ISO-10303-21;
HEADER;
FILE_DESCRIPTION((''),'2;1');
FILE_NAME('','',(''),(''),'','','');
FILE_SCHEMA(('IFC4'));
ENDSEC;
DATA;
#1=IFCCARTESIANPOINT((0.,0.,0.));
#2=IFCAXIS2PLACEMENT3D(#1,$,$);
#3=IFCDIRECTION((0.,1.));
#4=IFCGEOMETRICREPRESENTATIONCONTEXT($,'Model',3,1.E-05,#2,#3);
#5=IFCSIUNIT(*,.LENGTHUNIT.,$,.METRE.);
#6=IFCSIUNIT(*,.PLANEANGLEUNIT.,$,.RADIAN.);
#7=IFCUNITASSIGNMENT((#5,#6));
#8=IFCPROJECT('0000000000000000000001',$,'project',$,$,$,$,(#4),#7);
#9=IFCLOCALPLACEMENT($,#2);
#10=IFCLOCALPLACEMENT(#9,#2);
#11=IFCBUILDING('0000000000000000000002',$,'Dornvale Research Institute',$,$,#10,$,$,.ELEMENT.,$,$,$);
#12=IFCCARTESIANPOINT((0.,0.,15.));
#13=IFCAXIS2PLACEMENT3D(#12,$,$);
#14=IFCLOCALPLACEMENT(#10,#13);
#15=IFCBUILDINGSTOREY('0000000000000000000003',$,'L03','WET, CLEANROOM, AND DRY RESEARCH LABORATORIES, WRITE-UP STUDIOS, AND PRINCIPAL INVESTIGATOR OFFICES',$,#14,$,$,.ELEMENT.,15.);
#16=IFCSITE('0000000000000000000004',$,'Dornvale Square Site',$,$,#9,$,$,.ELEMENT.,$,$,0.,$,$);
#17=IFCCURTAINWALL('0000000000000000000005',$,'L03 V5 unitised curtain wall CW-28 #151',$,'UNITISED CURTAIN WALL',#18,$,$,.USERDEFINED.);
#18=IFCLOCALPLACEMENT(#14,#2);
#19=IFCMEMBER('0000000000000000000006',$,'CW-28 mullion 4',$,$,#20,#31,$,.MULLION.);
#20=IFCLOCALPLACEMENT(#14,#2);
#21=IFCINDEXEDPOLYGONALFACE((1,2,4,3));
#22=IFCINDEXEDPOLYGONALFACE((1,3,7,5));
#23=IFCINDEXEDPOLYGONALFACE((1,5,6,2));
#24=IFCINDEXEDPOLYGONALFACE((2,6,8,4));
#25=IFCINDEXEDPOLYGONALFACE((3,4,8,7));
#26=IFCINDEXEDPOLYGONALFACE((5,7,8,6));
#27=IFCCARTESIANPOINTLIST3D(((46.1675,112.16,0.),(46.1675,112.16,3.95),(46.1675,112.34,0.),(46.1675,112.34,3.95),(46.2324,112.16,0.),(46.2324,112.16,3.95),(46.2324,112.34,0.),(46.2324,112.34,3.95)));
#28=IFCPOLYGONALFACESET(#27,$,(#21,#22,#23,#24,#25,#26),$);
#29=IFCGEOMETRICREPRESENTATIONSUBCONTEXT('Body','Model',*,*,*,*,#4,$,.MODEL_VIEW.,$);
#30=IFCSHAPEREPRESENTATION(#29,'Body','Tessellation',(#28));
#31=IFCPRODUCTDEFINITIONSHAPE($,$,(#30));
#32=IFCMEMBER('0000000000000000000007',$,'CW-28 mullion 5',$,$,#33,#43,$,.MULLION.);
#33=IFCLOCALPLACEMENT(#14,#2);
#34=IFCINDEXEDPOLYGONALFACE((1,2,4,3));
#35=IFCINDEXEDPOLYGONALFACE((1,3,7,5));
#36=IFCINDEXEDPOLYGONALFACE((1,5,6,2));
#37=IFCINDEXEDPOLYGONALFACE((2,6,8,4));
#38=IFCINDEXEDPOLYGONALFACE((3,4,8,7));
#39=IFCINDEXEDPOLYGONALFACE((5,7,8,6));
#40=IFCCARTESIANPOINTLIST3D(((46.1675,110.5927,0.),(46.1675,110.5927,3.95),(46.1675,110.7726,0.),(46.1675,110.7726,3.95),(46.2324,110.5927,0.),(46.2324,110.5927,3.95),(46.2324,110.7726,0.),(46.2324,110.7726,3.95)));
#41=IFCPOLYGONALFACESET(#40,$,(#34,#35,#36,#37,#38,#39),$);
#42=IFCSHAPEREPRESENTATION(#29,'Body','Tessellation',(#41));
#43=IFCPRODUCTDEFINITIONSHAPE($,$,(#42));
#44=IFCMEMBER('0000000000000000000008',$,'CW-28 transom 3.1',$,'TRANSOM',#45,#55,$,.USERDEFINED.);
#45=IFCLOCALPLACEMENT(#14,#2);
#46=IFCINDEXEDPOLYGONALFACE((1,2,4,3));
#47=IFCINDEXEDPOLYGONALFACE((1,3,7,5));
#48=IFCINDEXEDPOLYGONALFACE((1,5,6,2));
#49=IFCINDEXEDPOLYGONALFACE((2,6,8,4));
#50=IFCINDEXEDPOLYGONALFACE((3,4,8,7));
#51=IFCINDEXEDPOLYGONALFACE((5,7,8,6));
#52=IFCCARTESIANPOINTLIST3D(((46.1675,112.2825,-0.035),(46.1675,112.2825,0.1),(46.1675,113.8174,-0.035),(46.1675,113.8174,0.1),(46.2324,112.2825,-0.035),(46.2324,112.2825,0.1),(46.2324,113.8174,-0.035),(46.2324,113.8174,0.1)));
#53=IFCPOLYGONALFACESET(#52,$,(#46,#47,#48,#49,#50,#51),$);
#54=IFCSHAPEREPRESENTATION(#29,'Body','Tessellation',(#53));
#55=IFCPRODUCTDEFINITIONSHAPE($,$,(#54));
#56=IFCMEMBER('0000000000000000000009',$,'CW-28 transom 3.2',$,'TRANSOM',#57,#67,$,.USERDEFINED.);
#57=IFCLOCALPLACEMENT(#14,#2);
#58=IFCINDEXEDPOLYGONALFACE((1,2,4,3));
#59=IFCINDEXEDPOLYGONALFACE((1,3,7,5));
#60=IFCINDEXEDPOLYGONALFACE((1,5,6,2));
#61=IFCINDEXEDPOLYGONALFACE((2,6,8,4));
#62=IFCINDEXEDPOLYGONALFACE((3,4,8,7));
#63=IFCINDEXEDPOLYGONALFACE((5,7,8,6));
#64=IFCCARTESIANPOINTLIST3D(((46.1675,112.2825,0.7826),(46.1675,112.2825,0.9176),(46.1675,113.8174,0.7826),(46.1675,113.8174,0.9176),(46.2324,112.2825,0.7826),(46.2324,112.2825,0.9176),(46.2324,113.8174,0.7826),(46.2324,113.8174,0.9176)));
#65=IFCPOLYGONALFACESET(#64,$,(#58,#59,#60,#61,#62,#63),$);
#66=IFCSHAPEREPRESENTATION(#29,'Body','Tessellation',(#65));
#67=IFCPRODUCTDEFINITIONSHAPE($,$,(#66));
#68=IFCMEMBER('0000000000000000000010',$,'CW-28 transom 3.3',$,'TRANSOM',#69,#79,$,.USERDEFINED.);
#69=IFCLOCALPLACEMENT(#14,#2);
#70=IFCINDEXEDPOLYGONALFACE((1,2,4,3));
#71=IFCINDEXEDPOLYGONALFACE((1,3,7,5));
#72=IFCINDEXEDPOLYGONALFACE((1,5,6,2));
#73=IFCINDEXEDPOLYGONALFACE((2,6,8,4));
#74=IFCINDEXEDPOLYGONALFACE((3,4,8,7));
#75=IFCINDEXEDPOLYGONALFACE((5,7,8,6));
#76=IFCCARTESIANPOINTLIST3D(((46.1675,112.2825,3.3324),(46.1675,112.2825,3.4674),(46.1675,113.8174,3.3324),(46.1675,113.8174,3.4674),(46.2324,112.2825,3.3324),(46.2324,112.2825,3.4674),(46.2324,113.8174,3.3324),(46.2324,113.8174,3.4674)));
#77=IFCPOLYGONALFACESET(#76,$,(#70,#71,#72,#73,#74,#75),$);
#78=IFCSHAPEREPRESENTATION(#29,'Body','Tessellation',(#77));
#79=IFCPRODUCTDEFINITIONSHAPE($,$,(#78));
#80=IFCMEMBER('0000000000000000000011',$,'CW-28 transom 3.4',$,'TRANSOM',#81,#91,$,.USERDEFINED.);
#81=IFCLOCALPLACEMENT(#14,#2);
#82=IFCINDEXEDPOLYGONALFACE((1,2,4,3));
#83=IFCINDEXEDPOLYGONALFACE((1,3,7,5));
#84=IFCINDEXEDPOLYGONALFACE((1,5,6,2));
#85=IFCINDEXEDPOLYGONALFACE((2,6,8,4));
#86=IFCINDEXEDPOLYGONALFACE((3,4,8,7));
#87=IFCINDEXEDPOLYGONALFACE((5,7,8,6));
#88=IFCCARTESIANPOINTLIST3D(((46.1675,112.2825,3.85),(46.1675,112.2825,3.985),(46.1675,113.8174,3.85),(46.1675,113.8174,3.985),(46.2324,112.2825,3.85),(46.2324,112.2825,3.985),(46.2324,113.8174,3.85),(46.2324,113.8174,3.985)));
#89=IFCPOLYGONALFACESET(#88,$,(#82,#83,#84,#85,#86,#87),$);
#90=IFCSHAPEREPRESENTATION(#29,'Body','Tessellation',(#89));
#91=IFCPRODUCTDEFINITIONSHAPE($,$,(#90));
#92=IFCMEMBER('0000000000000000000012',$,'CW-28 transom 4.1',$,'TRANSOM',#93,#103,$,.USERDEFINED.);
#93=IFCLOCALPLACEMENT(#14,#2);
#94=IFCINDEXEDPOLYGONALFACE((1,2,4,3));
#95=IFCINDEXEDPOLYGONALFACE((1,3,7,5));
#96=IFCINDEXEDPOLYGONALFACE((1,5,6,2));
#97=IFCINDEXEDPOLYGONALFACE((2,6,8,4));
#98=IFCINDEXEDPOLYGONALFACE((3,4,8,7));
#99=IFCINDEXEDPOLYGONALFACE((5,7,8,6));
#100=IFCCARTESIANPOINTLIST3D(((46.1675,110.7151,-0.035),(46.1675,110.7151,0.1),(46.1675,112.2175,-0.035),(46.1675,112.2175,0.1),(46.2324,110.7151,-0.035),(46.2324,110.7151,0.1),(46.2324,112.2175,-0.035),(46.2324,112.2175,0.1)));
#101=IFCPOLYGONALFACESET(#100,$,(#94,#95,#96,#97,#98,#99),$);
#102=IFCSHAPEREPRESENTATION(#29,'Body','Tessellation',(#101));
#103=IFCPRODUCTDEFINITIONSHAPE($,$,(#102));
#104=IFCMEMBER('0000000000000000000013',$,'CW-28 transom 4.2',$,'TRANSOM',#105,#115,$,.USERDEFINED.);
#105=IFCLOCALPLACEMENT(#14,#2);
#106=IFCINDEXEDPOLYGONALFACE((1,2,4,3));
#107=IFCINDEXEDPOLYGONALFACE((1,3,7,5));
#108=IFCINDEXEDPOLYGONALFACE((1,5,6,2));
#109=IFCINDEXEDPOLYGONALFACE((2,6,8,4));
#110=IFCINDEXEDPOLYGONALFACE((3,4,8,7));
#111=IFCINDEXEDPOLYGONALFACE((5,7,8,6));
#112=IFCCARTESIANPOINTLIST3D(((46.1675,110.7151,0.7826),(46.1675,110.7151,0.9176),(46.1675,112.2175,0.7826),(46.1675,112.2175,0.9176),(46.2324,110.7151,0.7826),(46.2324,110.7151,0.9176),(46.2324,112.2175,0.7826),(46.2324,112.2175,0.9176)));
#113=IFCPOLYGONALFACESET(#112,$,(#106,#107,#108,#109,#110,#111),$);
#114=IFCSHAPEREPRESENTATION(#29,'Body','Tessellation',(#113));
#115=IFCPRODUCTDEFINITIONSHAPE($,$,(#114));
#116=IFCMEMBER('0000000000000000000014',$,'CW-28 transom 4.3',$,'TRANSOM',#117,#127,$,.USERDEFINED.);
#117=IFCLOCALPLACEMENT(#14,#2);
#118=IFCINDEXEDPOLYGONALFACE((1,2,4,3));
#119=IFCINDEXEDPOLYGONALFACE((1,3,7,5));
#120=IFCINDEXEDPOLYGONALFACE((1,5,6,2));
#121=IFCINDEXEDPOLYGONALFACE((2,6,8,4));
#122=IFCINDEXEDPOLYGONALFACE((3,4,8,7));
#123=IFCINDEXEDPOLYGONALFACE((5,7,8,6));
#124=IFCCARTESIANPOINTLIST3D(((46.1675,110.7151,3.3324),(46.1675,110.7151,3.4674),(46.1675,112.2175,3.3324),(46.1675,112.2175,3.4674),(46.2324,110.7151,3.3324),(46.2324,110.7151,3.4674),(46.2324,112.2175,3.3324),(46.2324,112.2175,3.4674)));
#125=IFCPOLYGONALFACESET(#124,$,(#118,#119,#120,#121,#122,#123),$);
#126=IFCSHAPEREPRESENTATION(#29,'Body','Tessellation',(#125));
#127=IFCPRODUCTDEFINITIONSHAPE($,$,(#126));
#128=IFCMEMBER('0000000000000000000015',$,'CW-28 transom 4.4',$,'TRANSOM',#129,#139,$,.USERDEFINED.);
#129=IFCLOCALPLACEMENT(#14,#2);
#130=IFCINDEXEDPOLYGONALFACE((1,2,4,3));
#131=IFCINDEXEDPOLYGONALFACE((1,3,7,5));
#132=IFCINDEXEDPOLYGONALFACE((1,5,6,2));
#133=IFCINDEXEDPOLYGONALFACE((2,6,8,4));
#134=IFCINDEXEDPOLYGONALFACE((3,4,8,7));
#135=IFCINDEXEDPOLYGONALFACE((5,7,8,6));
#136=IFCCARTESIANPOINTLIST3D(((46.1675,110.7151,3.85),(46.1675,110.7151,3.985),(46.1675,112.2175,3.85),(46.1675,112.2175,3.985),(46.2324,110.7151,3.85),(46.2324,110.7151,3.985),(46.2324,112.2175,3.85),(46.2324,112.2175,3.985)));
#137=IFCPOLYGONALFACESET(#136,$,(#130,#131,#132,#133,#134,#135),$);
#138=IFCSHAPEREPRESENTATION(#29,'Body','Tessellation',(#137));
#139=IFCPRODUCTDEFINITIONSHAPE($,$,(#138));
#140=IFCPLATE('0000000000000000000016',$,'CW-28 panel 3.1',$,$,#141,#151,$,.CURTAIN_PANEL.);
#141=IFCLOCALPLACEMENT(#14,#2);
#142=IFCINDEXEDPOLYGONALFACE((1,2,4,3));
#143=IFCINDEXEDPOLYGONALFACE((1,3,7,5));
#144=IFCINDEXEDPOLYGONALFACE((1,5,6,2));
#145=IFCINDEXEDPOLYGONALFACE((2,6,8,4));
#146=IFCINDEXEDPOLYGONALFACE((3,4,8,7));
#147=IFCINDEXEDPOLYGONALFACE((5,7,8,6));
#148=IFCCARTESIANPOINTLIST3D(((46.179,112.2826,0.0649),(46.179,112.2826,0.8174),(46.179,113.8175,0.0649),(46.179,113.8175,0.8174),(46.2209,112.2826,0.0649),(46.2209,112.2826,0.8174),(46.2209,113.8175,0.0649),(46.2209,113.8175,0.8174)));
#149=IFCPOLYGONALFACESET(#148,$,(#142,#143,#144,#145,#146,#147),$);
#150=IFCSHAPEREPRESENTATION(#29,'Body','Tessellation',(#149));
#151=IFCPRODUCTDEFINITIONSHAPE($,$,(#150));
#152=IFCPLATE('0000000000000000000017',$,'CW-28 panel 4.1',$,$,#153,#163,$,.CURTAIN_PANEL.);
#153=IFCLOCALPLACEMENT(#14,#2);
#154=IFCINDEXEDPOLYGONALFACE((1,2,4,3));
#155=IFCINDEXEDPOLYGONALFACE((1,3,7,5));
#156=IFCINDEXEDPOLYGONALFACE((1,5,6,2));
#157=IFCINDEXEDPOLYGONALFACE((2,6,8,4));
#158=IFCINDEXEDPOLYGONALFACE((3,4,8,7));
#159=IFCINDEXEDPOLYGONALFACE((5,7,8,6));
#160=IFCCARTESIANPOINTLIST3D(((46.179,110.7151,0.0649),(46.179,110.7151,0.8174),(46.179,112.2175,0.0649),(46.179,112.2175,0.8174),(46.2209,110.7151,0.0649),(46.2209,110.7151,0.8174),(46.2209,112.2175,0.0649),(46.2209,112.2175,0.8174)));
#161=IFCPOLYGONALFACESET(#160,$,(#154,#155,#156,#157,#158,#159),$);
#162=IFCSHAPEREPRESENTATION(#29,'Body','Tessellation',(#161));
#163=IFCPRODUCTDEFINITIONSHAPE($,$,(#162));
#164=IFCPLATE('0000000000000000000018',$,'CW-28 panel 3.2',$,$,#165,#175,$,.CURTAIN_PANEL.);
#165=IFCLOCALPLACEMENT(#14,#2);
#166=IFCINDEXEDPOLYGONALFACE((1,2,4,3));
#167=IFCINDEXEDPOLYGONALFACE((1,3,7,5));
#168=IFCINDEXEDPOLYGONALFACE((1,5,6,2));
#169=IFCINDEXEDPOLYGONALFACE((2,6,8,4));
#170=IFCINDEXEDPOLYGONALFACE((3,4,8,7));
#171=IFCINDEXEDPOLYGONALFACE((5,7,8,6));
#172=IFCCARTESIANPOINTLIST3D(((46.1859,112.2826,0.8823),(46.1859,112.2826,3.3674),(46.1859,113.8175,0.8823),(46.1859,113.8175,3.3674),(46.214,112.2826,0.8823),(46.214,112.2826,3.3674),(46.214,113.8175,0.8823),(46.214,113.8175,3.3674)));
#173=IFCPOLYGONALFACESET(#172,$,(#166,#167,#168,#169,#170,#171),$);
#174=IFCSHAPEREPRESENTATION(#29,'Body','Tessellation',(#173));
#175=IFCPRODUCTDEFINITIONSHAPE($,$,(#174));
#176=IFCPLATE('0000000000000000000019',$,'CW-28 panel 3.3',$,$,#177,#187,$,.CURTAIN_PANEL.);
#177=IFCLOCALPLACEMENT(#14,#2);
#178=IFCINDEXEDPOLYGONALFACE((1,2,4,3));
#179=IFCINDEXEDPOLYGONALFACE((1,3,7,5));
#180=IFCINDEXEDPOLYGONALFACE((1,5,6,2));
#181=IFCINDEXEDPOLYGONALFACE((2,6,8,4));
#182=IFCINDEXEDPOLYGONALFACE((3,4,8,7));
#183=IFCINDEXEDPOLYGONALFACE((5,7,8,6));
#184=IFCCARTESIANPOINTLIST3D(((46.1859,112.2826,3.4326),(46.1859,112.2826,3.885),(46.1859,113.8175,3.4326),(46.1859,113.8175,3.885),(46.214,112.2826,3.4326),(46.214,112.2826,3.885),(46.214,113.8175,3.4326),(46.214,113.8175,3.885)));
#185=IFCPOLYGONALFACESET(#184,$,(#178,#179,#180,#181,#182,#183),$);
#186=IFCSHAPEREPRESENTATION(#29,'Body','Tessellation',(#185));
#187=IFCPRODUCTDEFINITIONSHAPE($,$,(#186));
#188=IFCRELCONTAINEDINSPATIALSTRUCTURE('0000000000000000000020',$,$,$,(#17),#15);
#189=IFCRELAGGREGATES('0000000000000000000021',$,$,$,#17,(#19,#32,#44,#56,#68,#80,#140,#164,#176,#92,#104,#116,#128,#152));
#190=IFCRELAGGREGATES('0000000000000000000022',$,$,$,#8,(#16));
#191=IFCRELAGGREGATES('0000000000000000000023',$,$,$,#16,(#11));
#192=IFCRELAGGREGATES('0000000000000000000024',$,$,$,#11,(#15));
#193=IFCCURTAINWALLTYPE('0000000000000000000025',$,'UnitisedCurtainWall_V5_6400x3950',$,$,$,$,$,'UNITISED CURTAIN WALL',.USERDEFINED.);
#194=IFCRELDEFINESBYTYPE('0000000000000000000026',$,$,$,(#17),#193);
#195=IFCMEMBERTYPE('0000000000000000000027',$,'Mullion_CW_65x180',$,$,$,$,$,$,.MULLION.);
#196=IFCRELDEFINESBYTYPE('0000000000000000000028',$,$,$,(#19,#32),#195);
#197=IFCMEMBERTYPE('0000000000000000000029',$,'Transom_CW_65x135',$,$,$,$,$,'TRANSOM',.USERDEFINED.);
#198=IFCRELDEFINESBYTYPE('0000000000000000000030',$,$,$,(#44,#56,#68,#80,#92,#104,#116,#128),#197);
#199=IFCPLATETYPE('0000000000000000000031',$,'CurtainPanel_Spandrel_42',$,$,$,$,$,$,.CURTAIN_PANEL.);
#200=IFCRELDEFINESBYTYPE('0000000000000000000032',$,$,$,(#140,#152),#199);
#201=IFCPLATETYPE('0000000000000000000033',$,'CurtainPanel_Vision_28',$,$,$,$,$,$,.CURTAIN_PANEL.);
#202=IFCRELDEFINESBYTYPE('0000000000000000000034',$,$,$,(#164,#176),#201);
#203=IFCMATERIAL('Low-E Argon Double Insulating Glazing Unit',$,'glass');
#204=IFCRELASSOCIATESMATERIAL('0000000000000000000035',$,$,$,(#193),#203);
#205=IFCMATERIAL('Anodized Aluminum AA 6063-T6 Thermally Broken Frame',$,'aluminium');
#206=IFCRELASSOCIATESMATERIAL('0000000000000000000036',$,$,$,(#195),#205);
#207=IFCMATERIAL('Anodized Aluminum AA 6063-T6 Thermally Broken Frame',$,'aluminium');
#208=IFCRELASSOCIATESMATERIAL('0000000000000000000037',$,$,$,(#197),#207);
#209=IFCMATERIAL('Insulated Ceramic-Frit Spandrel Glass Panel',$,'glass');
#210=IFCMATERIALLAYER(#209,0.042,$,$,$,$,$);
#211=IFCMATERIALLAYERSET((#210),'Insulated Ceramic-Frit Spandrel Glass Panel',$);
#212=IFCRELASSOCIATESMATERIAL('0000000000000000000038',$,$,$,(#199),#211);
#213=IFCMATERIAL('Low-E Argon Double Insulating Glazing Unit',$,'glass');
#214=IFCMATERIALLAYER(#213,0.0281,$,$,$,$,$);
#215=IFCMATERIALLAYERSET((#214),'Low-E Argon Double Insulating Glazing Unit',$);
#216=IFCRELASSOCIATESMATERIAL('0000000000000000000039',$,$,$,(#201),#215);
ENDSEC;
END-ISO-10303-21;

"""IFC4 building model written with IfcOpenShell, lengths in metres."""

from ifc_helpers import new_model, si_unit, direction, frame, origin, origin_2d, place, context, subcontext, project, spatial, rectangle, extrude, material, layer, layer_set, material_profile, profile_set, type_object, element, aggregate, save


model = new_model("IFC4")

# Units and contexts
model_context = context("Model", 3, precision=1e-05, world=origin(), true_north=direction((0.0, 1.0)))
body_context = subcontext(model_context, "Body", "Model", "MODEL_VIEW")
ifc_project = project(units=[si_unit("LENGTHUNIT", "METRE"), si_unit("PLANEANGLEUNIT", "RADIAN")], contexts=[model_context])

# Site, building, storey
site_placement = place(None, origin())
site = spatial("IfcSite", under=ifc_project, at=site_placement, Name="Dornvale Square Site", CompositionType="ELEMENT", RefElevation=0.0)
building_placement = place(site_placement, origin())
building = spatial("IfcBuilding", under=site, at=building_placement, Name="Dornvale Research Institute", CompositionType="ELEMENT")
storey_placement = place(building_placement, frame((0.0, 0.0, 15.0)))
storey = spatial("IfcBuildingStorey", under=building, at=storey_placement, Name="L03", Description="WET, CLEANROOM, AND DRY RESEARCH LABORATORIES, WRITE-UP STUDIOS, AND PRINCIPAL INVESTIGATOR OFFICES", CompositionType="ELEMENT", Elevation=15.0)

# Curtain wall, members, plates
ifc_material_1 = material(Name="Low-E Argon Double Insulating Glazing Unit", Category="glass")
curtain_wall_type = type_object("IfcCurtainWallType", Name="UnitisedCurtainWall_V5_6400x3950", ElementType="UNITISED CURTAIN WALL", PredefinedType="USERDEFINED", material=ifc_material_1)
curtain_wall_placement = place(storey_placement, origin())
curtain_wall = element("IfcCurtainWall", 1, at=curtain_wall_placement, inside=storey, type_object=curtain_wall_type, Name="L03 V5 unitised curtain wall CW-28 #151", ObjectType="UNITISED CURTAIN WALL", PredefinedType="USERDEFINED")
ifc_material_2 = material(Name="Anodized Aluminum AA 6063-T6 Thermally Broken Frame", Category="aluminium")
ifc_material_profile_1 = material_profile(ifc_material_2, rectangle(XDim=0.0649, YDim=0.1799, at=origin_2d()), Name="ALU MULLION 65x180")
ifc_profile_set_1 = profile_set([ifc_material_profile_1], Name="Anodized Aluminum AA 6063-T6 Thermally Broken Frame")
member_type_1 = type_object("IfcMemberType", Name="Mullion_CW_65x180", PredefinedType="MULLION", material=ifc_profile_set_1)
member_1_placement = place(storey_placement, frame((46.2, 112.25, 0.0), z_axis=(0.0, 0.0, 1.0), x_axis=(1.0, 0.0, 0.0)))
member_1 = element("IfcMember", 2, at=member_1_placement, type_object=member_type_1, Name="CW-28 mullion 4", PredefinedType="MULLION", context=body_context, shape_type="SweptSolid", body=[
    extrude(rectangle(XDim=0.0649, YDim=0.1799, at=origin_2d()), origin(), (0.0, 0.0, 1.0), 3.95),
])
member_2_placement = place(storey_placement, frame((46.2, 110.6826, 0.0), z_axis=(0.0, 0.0, 1.0), x_axis=(1.0, 0.0, 0.0)))
member_2 = element("IfcMember", 3, at=member_2_placement, type_object=member_type_1, Name="CW-28 mullion 5", PredefinedType="MULLION", context=body_context, shape_type="SweptSolid", body=[
    extrude(rectangle(XDim=0.0649, YDim=0.1799, at=origin_2d()), origin(), (0.0, 0.0, 1.0), 3.95),
])
ifc_material_3 = material(Name="Anodized Aluminum AA 6063-T6 Thermally Broken Frame", Category="aluminium")
ifc_material_profile_2 = material_profile(ifc_material_3, rectangle(XDim=0.0649, YDim=0.135, at=origin_2d()), Name="ALU TRANSOM 65x135")
ifc_profile_set_2 = profile_set([ifc_material_profile_2], Name="Anodized Aluminum AA 6063-T6 Thermally Broken Frame")
member_type_2 = type_object("IfcMemberType", Name="Transom_CW_65x135", ElementType="TRANSOM", PredefinedType="USERDEFINED", material=ifc_profile_set_2)
member_3_placement = place(storey_placement, frame((46.2, 113.8174, 0.0325), z_axis=(0.0, -1.0, 0.0), x_axis=(1.0, 0.0, 0.0)))
member_3 = element("IfcMember", 4, at=member_3_placement, type_object=member_type_2, Name="CW-28 transom 3.1", ObjectType="TRANSOM", PredefinedType="USERDEFINED", context=body_context, shape_type="SweptSolid", body=[
    extrude(rectangle(XDim=0.0649, YDim=0.135, at=origin_2d()), origin(), (0.0, 0.0, 1.0), 1.5349),
])
member_4_placement = place(storey_placement, frame((46.2, 113.8174, 0.8501), z_axis=(0.0, -1.0, 0.0), x_axis=(1.0, 0.0, 0.0)))
member_4 = element("IfcMember", 5, at=member_4_placement, type_object=member_type_2, Name="CW-28 transom 3.2", ObjectType="TRANSOM", PredefinedType="USERDEFINED", context=body_context, shape_type="SweptSolid", body=[
    extrude(rectangle(XDim=0.0649, YDim=0.135, at=origin_2d()), origin(), (0.0, 0.0, 1.0), 1.5349),
])
member_5_placement = place(storey_placement, frame((46.2, 113.8174, 3.3999), z_axis=(0.0, -1.0, 0.0), x_axis=(1.0, 0.0, 0.0)))
member_5 = element("IfcMember", 6, at=member_5_placement, type_object=member_type_2, Name="CW-28 transom 3.3", ObjectType="TRANSOM", PredefinedType="USERDEFINED", context=body_context, shape_type="SweptSolid", body=[
    extrude(rectangle(XDim=0.0649, YDim=0.135, at=origin_2d()), origin(), (0.0, 0.0, 1.0), 1.5349),
])
member_6_placement = place(storey_placement, frame((46.2, 113.8174, 3.9175), z_axis=(0.0, -1.0, 0.0), x_axis=(1.0, 0.0, 0.0)))
member_6 = element("IfcMember", 7, at=member_6_placement, type_object=member_type_2, Name="CW-28 transom 3.4", ObjectType="TRANSOM", PredefinedType="USERDEFINED", context=body_context, shape_type="SweptSolid", body=[
    extrude(rectangle(XDim=0.0649, YDim=0.135, at=origin_2d()), origin(), (0.0, 0.0, 1.0), 1.5349),
])
member_7_placement = place(storey_placement, frame((46.2, 112.2175, 0.0325), z_axis=(0.0, -1.0, 0.0), x_axis=(1.0, 0.0, 0.0)))
member_7 = element("IfcMember", 8, at=member_7_placement, type_object=member_type_2, Name="CW-28 transom 4.1", ObjectType="TRANSOM", PredefinedType="USERDEFINED", context=body_context, shape_type="SweptSolid", body=[
    extrude(rectangle(XDim=0.0649, YDim=0.135, at=origin_2d()), origin(), (0.0, 0.0, 1.0), 1.5024),
])
member_8_placement = place(storey_placement, frame((46.2, 112.2175, 0.8501), z_axis=(0.0, -1.0, 0.0), x_axis=(1.0, 0.0, 0.0)))
member_8 = element("IfcMember", 9, at=member_8_placement, type_object=member_type_2, Name="CW-28 transom 4.2", ObjectType="TRANSOM", PredefinedType="USERDEFINED", context=body_context, shape_type="SweptSolid", body=[
    extrude(rectangle(XDim=0.0649, YDim=0.135, at=origin_2d()), origin(), (0.0, 0.0, 1.0), 1.5024),
])
member_9_placement = place(storey_placement, frame((46.2, 112.2175, 3.3999), z_axis=(0.0, -1.0, 0.0), x_axis=(1.0, 0.0, 0.0)))
member_9 = element("IfcMember", 10, at=member_9_placement, type_object=member_type_2, Name="CW-28 transom 4.3", ObjectType="TRANSOM", PredefinedType="USERDEFINED", context=body_context, shape_type="SweptSolid", body=[
    extrude(rectangle(XDim=0.0649, YDim=0.135, at=origin_2d()), origin(), (0.0, 0.0, 1.0), 1.5024),
])
member_10_placement = place(storey_placement, frame((46.2, 112.2175, 3.9175), z_axis=(0.0, -1.0, 0.0), x_axis=(1.0, 0.0, 0.0)))
member_10 = element("IfcMember", 11, at=member_10_placement, type_object=member_type_2, Name="CW-28 transom 4.4", ObjectType="TRANSOM", PredefinedType="USERDEFINED", context=body_context, shape_type="SweptSolid", body=[
    extrude(rectangle(XDim=0.0649, YDim=0.135, at=origin_2d()), origin(), (0.0, 0.0, 1.0), 1.5024),
])
ifc_material_4 = material(Name="Insulated Ceramic-Frit Spandrel Glass Panel", Category="glass")
ifc_layer_1 = layer(ifc_material_4, 0.042)
ifc_layer_set_1 = layer_set([ifc_layer_1], Name="Insulated Ceramic-Frit Spandrel Glass Panel")
plate_type_1 = type_object("IfcPlateType", Name="CurtainPanel_Spandrel_42", PredefinedType="CURTAIN_PANEL", material=ifc_layer_set_1)
plate_1_placement = place(storey_placement, frame((46.2, 113.05, 0.0649), z_axis=(0.0, 0.0, 1.0), x_axis=(0.0, -1.0, 0.0)))
plate_1 = element("IfcPlate", 12, at=plate_1_placement, type_object=plate_type_1, Name="CW-28 panel 3.1", PredefinedType="CURTAIN_PANEL", context=body_context, shape_type="SweptSolid", body=[
    extrude(rectangle(XDim=1.5349, YDim=0.042, at=origin_2d()), origin(), (0.0, 0.0, 1.0), 0.7524),
])
plate_2_placement = place(storey_placement, frame((46.2, 111.4663, 0.0649), z_axis=(0.0, 0.0, 1.0), x_axis=(0.0, -1.0, 0.0)))
plate_2 = element("IfcPlate", 13, at=plate_2_placement, type_object=plate_type_1, Name="CW-28 panel 4.1", PredefinedType="CURTAIN_PANEL", context=body_context, shape_type="SweptSolid", body=[
    extrude(rectangle(XDim=1.5024, YDim=0.042, at=origin_2d()), origin(), (0.0, 0.0, 1.0), 0.7524),
])
ifc_material_5 = material(Name="Low-E Argon Double Insulating Glazing Unit", Category="glass")
ifc_layer_2 = layer(ifc_material_5, 0.0281)
ifc_layer_set_2 = layer_set([ifc_layer_2], Name="Low-E Argon Double Insulating Glazing Unit")
plate_type_2 = type_object("IfcPlateType", Name="CurtainPanel_Vision_28", PredefinedType="CURTAIN_PANEL", material=ifc_layer_set_2)
plate_3_placement = place(storey_placement, frame((46.2, 113.05, 0.8823), z_axis=(0.0, 0.0, 1.0), x_axis=(0.0, -1.0, 0.0)))
plate_3 = element("IfcPlate", 14, at=plate_3_placement, type_object=plate_type_2, Name="CW-28 panel 3.2", PredefinedType="CURTAIN_PANEL", context=body_context, shape_type="SweptSolid", body=[
    extrude(rectangle(XDim=1.5349, YDim=0.0281, at=origin_2d()), origin(), (0.0, 0.0, 1.0), 2.4851),
])
plate_4_placement = place(storey_placement, frame((46.2, 113.05, 3.4326), z_axis=(0.0, 0.0, 1.0), x_axis=(0.0, -1.0, 0.0)))
plate_4 = element("IfcPlate", 15, at=plate_4_placement, type_object=plate_type_2, Name="CW-28 panel 3.3", PredefinedType="CURTAIN_PANEL", context=body_context, shape_type="SweptSolid", body=[
    extrude(rectangle(XDim=1.5349, YDim=0.0281, at=origin_2d()), origin(), (0.0, 0.0, 1.0), 0.4524),
])
aggregate(curtain_wall, [member_1, member_2, member_3, member_4, member_5, member_6, plate_1, plate_3, plate_4, member_7, member_8, member_9, member_10, plate_2])

save(model, "model.ifc")
